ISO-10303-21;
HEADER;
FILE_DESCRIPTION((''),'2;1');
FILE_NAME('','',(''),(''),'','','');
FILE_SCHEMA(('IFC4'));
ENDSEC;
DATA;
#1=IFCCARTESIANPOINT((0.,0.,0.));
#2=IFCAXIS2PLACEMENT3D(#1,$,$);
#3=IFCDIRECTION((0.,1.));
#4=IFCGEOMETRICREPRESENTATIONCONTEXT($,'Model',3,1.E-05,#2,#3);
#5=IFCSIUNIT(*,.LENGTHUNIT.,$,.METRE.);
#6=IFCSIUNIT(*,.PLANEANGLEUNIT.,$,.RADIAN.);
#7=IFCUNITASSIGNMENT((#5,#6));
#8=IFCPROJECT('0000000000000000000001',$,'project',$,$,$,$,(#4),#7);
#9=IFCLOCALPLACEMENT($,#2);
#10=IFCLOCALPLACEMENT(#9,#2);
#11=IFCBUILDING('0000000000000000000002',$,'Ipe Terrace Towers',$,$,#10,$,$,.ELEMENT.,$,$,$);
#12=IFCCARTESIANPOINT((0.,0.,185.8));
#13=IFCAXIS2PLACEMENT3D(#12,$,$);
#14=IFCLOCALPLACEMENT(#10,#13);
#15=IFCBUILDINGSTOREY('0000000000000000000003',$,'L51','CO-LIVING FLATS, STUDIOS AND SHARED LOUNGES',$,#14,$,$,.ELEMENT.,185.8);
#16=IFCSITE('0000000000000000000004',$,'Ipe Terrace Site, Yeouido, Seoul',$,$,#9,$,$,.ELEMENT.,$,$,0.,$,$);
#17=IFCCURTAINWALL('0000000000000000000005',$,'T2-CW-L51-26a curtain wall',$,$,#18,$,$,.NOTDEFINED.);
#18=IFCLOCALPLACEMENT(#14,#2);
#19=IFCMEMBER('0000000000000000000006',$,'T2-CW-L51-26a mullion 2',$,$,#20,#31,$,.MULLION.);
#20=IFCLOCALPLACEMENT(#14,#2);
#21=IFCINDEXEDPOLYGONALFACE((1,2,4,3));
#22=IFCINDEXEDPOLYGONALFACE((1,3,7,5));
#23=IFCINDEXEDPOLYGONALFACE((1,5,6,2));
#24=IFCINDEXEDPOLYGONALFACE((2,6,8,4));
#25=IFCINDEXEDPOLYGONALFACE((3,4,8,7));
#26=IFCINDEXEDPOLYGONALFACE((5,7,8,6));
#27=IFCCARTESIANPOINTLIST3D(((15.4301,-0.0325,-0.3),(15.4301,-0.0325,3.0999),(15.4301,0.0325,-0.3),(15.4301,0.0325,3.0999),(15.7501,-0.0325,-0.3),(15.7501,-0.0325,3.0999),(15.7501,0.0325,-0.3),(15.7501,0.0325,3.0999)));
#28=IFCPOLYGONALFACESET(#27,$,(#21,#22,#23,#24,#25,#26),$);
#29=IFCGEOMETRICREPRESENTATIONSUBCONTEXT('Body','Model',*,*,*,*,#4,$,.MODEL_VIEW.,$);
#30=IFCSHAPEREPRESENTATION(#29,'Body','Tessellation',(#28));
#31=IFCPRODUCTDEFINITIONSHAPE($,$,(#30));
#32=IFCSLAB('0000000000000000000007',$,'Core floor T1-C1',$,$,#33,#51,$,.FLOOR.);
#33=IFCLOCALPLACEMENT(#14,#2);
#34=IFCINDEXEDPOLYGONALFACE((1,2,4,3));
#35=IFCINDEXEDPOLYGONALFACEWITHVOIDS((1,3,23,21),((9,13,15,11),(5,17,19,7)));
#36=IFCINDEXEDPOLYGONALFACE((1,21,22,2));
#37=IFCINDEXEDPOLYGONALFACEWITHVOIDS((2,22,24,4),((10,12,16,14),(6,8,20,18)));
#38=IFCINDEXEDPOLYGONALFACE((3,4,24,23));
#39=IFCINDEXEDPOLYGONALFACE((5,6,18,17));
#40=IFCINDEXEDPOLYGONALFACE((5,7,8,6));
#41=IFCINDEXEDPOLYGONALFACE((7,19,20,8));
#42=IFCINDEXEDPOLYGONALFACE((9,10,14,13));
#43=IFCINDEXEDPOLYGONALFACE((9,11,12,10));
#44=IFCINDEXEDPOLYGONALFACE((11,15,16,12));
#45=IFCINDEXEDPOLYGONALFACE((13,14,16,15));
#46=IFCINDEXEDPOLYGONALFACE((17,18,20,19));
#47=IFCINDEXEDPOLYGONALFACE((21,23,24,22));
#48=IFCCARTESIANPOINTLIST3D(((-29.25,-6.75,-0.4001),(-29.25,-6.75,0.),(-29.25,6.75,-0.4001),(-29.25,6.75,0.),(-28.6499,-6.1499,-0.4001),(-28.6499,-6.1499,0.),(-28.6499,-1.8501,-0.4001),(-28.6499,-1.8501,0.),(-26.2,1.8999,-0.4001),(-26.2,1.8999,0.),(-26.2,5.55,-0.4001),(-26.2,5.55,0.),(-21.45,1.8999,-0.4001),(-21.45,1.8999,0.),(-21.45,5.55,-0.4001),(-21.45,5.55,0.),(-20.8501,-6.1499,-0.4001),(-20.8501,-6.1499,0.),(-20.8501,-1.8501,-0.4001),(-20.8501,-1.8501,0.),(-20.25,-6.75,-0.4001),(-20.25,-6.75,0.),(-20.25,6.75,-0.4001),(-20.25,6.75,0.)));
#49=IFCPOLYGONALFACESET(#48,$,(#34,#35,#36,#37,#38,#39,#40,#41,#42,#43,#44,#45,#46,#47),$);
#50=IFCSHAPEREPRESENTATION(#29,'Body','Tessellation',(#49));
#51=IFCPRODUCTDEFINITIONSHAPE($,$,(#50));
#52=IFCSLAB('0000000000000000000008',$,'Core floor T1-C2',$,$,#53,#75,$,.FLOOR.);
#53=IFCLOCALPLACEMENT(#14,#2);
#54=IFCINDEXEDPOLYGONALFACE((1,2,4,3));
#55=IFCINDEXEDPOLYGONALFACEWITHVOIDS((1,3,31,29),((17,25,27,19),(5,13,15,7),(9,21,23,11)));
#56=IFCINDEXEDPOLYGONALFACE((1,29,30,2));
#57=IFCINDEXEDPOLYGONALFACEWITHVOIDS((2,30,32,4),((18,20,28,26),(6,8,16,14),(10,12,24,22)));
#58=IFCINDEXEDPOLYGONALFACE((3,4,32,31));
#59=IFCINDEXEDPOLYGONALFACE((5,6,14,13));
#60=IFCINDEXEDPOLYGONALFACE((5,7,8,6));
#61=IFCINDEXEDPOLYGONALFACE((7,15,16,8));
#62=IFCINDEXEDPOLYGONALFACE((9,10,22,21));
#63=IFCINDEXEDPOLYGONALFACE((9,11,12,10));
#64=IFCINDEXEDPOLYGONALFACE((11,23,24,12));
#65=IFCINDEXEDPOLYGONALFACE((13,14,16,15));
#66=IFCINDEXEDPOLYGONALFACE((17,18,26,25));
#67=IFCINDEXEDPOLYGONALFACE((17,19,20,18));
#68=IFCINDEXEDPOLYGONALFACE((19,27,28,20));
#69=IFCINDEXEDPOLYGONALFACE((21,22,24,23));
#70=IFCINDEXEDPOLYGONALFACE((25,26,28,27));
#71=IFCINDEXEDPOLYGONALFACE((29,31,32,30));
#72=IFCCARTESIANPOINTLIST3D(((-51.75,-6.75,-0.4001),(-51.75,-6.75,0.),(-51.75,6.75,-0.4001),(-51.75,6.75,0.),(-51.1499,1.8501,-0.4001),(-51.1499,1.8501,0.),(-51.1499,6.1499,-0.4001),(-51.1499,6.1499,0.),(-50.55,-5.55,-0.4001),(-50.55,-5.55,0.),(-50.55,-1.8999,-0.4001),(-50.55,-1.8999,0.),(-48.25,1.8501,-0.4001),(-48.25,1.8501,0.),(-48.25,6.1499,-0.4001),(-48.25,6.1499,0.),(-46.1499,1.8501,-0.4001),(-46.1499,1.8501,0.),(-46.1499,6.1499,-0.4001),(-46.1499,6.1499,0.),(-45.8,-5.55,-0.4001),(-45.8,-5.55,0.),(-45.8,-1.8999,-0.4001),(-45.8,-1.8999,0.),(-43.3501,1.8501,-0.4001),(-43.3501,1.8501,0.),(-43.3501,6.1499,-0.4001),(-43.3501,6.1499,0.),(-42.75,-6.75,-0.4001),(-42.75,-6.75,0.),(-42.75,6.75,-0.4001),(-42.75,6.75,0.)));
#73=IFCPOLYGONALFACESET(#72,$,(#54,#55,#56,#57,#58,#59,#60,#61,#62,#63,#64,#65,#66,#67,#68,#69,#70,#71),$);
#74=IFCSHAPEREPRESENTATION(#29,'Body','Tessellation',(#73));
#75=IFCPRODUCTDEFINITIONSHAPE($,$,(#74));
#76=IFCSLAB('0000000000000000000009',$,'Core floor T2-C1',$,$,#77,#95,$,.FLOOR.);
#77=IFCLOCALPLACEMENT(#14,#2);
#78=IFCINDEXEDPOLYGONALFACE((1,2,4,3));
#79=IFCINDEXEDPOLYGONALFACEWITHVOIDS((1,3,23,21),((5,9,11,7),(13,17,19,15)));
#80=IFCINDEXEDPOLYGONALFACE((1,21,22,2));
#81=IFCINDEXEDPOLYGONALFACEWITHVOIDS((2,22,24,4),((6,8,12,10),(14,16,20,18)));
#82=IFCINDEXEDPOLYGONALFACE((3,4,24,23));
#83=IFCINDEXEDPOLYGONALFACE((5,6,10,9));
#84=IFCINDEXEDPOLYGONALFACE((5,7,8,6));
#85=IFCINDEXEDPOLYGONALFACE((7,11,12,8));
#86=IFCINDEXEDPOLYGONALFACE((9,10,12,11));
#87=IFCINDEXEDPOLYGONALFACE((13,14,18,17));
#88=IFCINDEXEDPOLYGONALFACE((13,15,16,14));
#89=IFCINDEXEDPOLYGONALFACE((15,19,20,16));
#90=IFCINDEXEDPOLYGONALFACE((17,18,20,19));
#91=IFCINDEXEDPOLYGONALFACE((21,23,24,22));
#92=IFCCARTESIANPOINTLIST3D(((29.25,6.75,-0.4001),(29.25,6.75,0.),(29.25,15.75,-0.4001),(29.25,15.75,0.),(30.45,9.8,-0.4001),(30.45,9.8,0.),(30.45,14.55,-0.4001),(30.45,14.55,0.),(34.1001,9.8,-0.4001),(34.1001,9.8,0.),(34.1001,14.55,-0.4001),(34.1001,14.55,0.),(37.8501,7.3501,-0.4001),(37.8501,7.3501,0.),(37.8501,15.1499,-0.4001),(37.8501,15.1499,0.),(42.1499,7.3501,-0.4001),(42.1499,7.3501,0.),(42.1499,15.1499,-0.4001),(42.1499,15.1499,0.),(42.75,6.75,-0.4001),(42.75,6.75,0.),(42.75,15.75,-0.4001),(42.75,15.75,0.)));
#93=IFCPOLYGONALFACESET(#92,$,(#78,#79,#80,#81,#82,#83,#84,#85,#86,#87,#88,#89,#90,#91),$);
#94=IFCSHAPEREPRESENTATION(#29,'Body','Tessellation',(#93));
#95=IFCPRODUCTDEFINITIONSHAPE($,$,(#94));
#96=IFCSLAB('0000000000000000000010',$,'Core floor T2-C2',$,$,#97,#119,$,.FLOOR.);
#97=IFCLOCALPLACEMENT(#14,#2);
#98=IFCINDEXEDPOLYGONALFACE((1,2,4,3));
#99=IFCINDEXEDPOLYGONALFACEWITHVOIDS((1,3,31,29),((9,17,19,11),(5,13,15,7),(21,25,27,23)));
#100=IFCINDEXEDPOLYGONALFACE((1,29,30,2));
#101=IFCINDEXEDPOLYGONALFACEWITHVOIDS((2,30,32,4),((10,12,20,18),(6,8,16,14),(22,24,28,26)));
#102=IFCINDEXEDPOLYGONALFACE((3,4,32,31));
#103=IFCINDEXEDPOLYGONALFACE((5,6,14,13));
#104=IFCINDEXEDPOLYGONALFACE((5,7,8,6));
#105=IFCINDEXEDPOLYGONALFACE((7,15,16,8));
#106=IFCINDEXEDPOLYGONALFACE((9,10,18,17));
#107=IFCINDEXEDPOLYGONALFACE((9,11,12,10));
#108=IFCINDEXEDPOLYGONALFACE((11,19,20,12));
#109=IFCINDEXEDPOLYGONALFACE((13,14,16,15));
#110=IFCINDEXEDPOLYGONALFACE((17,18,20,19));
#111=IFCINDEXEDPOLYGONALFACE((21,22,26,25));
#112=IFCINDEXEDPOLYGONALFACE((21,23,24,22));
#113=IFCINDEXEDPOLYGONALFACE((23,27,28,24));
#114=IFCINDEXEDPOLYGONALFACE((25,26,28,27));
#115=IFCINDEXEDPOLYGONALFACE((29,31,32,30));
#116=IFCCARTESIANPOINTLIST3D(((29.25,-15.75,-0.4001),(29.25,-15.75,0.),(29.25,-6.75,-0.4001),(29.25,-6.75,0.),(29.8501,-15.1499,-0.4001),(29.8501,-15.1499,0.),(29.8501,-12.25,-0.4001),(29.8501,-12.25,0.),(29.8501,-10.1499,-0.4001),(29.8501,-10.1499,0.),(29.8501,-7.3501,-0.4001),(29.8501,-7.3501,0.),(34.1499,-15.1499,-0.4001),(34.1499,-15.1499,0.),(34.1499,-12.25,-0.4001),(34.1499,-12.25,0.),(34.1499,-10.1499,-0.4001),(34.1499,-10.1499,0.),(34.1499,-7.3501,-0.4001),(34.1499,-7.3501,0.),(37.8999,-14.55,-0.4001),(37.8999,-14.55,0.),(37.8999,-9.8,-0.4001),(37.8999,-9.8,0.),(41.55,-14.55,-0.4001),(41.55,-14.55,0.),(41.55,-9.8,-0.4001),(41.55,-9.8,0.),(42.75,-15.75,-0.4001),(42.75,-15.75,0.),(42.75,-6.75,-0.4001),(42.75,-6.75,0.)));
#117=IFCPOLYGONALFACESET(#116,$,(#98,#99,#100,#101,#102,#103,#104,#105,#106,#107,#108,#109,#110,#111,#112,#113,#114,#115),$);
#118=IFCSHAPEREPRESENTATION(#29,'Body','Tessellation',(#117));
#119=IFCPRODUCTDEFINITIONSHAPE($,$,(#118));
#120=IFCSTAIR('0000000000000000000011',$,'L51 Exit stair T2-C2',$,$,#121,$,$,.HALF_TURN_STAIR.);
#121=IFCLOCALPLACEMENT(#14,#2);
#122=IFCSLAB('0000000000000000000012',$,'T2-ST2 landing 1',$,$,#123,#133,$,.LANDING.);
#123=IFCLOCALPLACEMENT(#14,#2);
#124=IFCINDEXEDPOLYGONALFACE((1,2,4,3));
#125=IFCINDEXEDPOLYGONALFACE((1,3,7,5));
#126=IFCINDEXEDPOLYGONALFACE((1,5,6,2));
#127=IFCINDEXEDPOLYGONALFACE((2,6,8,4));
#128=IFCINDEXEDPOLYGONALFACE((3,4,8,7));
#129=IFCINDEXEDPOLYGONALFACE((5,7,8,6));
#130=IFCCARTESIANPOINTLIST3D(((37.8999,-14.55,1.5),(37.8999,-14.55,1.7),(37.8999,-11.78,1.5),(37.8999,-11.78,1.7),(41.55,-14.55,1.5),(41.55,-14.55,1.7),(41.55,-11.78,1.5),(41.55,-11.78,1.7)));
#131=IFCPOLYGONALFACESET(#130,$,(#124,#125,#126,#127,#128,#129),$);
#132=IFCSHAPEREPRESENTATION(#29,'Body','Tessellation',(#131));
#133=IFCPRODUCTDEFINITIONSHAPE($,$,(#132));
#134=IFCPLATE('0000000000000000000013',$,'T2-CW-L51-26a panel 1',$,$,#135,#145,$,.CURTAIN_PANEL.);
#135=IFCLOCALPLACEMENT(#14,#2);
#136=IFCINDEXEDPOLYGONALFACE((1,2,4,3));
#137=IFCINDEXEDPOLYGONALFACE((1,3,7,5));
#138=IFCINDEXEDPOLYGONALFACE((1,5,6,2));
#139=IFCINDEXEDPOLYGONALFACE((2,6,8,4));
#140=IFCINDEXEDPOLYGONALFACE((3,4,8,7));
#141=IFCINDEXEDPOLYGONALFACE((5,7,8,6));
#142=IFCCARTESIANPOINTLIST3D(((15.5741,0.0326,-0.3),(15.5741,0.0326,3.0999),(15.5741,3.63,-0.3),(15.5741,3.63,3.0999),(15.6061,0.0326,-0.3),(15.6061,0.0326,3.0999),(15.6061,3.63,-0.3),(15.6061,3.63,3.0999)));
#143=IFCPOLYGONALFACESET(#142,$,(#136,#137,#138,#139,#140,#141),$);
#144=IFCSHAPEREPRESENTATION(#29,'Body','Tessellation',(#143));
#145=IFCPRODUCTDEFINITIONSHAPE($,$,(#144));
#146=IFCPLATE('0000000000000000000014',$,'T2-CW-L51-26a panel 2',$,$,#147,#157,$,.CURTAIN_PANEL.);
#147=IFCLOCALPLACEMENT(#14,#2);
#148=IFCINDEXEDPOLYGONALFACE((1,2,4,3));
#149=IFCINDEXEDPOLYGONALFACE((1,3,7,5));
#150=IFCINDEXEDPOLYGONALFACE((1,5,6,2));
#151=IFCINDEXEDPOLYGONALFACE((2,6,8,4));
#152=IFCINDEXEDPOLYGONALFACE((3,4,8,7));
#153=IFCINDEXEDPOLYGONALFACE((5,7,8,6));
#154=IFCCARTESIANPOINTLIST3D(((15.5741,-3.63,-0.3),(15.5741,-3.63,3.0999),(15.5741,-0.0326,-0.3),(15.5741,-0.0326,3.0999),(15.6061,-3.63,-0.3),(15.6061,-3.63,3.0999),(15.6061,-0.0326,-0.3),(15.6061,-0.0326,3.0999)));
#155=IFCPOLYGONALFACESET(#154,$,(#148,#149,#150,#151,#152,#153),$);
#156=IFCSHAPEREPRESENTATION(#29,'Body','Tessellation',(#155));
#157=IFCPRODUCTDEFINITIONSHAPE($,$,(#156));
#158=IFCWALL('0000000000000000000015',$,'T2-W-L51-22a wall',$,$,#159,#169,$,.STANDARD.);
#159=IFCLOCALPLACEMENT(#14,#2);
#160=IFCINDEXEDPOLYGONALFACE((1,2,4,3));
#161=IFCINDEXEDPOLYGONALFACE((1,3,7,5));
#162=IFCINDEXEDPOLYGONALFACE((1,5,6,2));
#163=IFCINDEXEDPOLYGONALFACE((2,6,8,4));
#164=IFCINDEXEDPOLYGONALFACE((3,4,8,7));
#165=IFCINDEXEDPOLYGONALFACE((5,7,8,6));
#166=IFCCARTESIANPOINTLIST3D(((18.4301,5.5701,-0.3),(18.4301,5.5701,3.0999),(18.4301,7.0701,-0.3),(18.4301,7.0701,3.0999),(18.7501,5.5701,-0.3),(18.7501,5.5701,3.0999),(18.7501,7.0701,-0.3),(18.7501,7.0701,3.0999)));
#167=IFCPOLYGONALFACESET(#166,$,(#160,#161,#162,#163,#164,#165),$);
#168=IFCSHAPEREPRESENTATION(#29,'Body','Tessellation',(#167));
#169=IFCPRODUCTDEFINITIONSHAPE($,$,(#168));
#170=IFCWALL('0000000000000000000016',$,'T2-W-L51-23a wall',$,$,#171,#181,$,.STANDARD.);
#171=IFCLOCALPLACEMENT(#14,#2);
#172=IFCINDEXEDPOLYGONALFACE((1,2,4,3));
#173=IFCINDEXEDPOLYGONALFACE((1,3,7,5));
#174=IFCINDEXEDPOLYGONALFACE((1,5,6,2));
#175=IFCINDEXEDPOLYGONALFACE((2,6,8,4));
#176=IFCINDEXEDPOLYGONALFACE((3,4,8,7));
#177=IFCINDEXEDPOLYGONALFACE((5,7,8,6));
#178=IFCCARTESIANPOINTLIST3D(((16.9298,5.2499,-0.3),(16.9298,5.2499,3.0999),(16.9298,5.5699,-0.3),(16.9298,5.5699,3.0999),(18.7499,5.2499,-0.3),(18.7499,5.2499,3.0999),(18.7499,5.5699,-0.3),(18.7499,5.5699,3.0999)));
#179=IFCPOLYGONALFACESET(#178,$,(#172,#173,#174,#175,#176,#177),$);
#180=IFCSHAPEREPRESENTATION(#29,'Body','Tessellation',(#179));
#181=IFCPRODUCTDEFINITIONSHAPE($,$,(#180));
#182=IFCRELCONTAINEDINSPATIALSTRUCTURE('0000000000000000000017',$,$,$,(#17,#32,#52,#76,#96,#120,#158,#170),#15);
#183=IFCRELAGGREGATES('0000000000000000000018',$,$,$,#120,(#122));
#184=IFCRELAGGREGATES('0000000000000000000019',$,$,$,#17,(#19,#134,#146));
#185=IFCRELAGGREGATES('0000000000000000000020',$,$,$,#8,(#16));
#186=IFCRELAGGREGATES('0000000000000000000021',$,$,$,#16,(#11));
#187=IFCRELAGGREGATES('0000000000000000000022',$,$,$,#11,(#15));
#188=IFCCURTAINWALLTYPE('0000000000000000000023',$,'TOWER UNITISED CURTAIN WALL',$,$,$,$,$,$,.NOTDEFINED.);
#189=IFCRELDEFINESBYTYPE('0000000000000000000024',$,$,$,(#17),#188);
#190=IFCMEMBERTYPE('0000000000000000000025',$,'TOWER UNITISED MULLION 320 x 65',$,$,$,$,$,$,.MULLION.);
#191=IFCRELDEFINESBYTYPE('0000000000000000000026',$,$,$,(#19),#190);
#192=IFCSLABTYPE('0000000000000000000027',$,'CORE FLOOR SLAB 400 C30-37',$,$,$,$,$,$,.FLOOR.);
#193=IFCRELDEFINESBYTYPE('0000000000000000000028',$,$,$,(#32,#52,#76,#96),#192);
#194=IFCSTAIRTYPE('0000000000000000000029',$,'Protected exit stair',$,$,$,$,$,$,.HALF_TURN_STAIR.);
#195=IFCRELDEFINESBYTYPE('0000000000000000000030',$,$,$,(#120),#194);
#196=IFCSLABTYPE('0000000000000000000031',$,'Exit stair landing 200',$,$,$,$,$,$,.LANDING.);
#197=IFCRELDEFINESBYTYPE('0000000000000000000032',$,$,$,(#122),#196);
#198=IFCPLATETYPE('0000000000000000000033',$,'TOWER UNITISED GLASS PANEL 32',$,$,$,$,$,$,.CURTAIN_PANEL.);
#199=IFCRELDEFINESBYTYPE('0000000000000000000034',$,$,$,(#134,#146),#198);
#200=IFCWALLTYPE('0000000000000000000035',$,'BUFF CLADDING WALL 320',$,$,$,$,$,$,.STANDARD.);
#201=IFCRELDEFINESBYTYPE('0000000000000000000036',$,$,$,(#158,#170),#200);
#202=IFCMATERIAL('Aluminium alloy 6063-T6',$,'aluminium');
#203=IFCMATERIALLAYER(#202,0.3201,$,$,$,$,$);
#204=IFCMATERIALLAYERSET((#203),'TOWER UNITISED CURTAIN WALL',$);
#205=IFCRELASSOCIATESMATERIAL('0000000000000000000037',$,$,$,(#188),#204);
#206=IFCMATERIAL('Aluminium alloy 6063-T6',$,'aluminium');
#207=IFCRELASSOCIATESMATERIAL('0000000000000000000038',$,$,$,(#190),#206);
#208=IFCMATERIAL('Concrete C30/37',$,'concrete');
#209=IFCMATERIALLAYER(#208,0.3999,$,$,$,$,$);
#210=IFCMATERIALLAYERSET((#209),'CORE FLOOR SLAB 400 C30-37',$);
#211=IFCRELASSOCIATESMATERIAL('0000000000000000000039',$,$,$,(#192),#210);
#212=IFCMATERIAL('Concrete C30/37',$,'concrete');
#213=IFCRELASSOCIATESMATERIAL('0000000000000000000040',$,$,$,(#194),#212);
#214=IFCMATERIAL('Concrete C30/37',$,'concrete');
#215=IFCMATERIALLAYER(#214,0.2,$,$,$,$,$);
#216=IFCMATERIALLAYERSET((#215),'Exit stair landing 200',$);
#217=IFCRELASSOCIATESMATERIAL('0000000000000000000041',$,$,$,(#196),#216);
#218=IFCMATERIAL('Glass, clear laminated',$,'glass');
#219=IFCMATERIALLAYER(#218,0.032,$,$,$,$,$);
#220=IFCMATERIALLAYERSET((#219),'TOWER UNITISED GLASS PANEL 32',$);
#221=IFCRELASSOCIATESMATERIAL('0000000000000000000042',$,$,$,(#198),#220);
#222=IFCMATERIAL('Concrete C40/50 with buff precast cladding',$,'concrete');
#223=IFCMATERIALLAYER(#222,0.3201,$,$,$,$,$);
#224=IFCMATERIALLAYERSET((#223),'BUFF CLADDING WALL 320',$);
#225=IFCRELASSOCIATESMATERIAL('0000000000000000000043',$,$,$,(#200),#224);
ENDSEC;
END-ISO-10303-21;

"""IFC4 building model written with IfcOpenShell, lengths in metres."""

from ifc_helpers import new_model, si_unit, direction, frame, frame_2d, origin, origin_2d, place, context, subcontext, project, spatial, polyline, rectangle, outline, extrude, material, layer, layer_set, material_profile, profile_set, type_object, element, aggregate, save


model = new_model("IFC4")

# Units and contexts
model_context = context("Model", 3, precision=1e-05, world=origin(), true_north=direction((0.0, 1.0)))
body_context = subcontext(model_context, "Body", "Model", "MODEL_VIEW")
ifc_project = project(units=[si_unit("LENGTHUNIT", "METRE"), si_unit("PLANEANGLEUNIT", "RADIAN")], contexts=[model_context])

# Site, building, storey
site_placement = place(None, origin())
site = spatial("IfcSite", under=ifc_project, at=site_placement, Name="Ipe Terrace Site, Yeouido, Seoul", CompositionType="ELEMENT", RefElevation=0.0)
building_placement = place(site_placement, origin())
building = spatial("IfcBuilding", under=site, at=building_placement, Name="Ipe Terrace Towers", CompositionType="ELEMENT")
storey_placement = place(building_placement, frame((0.0, 0.0, 185.8)))
storey = spatial("IfcBuildingStorey", under=building, at=storey_placement, Name="L51", Description="CO-LIVING FLATS, STUDIOS AND SHARED LOUNGES", CompositionType="ELEMENT", Elevation=185.8)

# Curtain wall, member
ifc_material_1 = material(Name="Aluminium alloy 6063-T6", Category="aluminium")
ifc_layer_1 = layer(ifc_material_1, 0.3201)
ifc_layer_set_1 = layer_set([ifc_layer_1], Name="TOWER UNITISED CURTAIN WALL")
curtain_wall_type = type_object("IfcCurtainWallType", Name="TOWER UNITISED CURTAIN WALL", PredefinedType="NOTDEFINED", material=ifc_layer_set_1)
curtain_wall_placement = place(storey_placement, origin())
curtain_wall = element("IfcCurtainWall", 1, at=curtain_wall_placement, inside=storey, type_object=curtain_wall_type, Name="T2-CW-L51-26a curtain wall", PredefinedType="NOTDEFINED")
ifc_material_2 = material(Name="Aluminium alloy 6063-T6", Category="aluminium")
ifc_material_profile_1 = material_profile(ifc_material_2, rectangle(XDim=0.3201, YDim=0.0649, at=origin_2d()), Name="TOWER UNITISED MULLION 320 x 65")
ifc_profile_set_1 = profile_set([ifc_material_profile_1], Name="Aluminium alloy 6063-T6")
member_type_1 = type_object("IfcMemberType", Name="TOWER UNITISED MULLION 320 x 65", PredefinedType="MULLION", material=ifc_profile_set_1)
member_1_placement = place(storey_placement, frame((15.5901, 0.0, -0.3), z_axis=(0.0, 0.0, 1.0), x_axis=(-1.0, 0.0, 0.0)))
member_1 = element("IfcMember", 2, at=member_1_placement, type_object=member_type_1, Name="T2-CW-L51-26a mullion 2", PredefinedType="MULLION", context=body_context, shape_type="SweptSolid", body=[
    extrude(rectangle(XDim=0.3201, YDim=0.0649, at=origin_2d()), origin(), (0.0, 0.0, 1.0), 3.3999),
])

# Slabs
ifc_material_3 = material(Name="Concrete C30/37", Category="concrete")
ifc_layer_2 = layer(ifc_material_3, 0.3999)
ifc_layer_set_2 = layer_set([ifc_layer_2], Name="CORE FLOOR SLAB 400 C30-37")
slab_type_1 = type_object("IfcSlabType", Name="CORE FLOOR SLAB 400 C30-37", PredefinedType="FLOOR", material=ifc_layer_set_2)
slab_1_placement = place(storey_placement, frame((0.0, 0.0, -0.4001)))
element("IfcSlab", 3, at=slab_1_placement, inside=storey, type_object=slab_type_1, Name="Core floor T1-C1", PredefinedType="FLOOR", context=body_context, shape_type="SweptSolid", body=[
    extrude(outline(polyline([(-29.25, -6.75), (-29.25, 6.75), (-20.25, 6.75), (-20.25, -6.75), (-29.25, -6.75)]), holes=[polyline([(-28.6499, -6.1499), (-20.8501, -6.1499), (-20.8501, -1.8501), (-28.6499, -1.8501), (-28.6499, -6.1499)]), polyline([(-26.2, 5.55), (-26.2, 1.8999), (-21.45, 1.8999), (-21.45, 5.55), (-26.2, 5.55)])]), origin(), (0.0, 0.0, 1.0), 0.4001),
])
slab_2_placement = place(storey_placement, frame((0.0, 0.0, -0.4001)))
element("IfcSlab", 4, at=slab_2_placement, inside=storey, type_object=slab_type_1, Name="Core floor T1-C2", PredefinedType="FLOOR", context=body_context, shape_type="SweptSolid", body=[
    extrude(outline(polyline([(-51.75, -6.75), (-51.75, 6.75), (-42.75, 6.75), (-42.75, -6.75), (-51.75, -6.75)]), holes=[polyline([(-45.8, -1.8999), (-50.55, -1.8999), (-50.55, -5.55), (-45.8, -5.55), (-45.8, -1.8999)]), polyline([(-48.25, 1.8501), (-48.25, 6.1499), (-51.1499, 6.1499), (-51.1499, 1.8501), (-48.25, 1.8501)]), polyline([(-43.3501, 1.8501), (-43.3501, 6.1499), (-46.1499, 6.1499), (-46.1499, 1.8501), (-43.3501, 1.8501)])]), origin(), (0.0, 0.0, 1.0), 0.4001),
])
slab_3_placement = place(storey_placement, frame((0.0, 0.0, -0.4001)))
element("IfcSlab", 5, at=slab_3_placement, inside=storey, type_object=slab_type_1, Name="Core floor T2-C1", PredefinedType="FLOOR", context=body_context, shape_type="SweptSolid", body=[
    extrude(outline(polyline([(29.25, 6.75), (29.25, 15.75), (42.75, 15.75), (42.75, 6.75), (29.25, 6.75)]), holes=[polyline([(42.1499, 7.3501), (42.1499, 15.1499), (37.8501, 15.1499), (37.8501, 7.3501), (42.1499, 7.3501)]), polyline([(30.45, 9.8), (34.1001, 9.8), (34.1001, 14.55), (30.45, 14.55), (30.45, 9.8)])]), origin(), (0.0, 0.0, 1.0), 0.4001),
])
slab_4_placement = place(storey_placement, frame((0.0, 0.0, -0.4001)))
element("IfcSlab", 6, at=slab_4_placement, inside=storey, type_object=slab_type_1, Name="Core floor T2-C2", PredefinedType="FLOOR", context=body_context, shape_type="SweptSolid", body=[
    extrude(outline(polyline([(29.25, -15.75), (29.25, -6.75), (42.75, -6.75), (42.75, -15.75), (29.25, -15.75)]), holes=[polyline([(29.8501, -12.25), (29.8501, -15.1499), (34.1499, -15.1499), (34.1499, -12.25), (29.8501, -12.25)]), polyline([(41.55, -9.8), (37.8999, -9.8), (37.8999, -14.55), (41.55, -14.55), (41.55, -9.8)]), polyline([(34.1499, -7.3501), (29.8501, -7.3501), (29.8501, -10.1499), (34.1499, -10.1499), (34.1499, -7.3501)])]), origin(), (0.0, 0.0, 1.0), 0.4001),
])

# Stair, slab
ifc_material_4 = material(Name="Concrete C30/37", Category="concrete")
stair_type = type_object("IfcStairType", Name="Protected exit stair", PredefinedType="HALF_TURN_STAIR", material=ifc_material_4)
stair_placement = place(storey_placement, origin())
stair = element("IfcStair", 7, at=stair_placement, inside=storey, type_object=stair_type, Name="L51 Exit stair T2-C2", PredefinedType="HALF_TURN_STAIR")
ifc_material_5 = material(Name="Concrete C30/37", Category="concrete")
ifc_layer_3 = layer(ifc_material_5, 0.2)
ifc_layer_set_3 = layer_set([ifc_layer_3], Name="Exit stair landing 200")
slab_type_2 = type_object("IfcSlabType", Name="Exit stair landing 200", PredefinedType="LANDING", material=ifc_layer_set_3)
slab_5_placement = place(storey_placement, frame((0.0, 0.0, 1.5)))
slab_5 = element("IfcSlab", 8, at=slab_5_placement, type_object=slab_type_2, Name="T2-ST2 landing 1", PredefinedType="LANDING", context=body_context, shape_type="SweptSolid", body=[
    extrude(outline(polyline([(37.8999, -11.78), (37.8999, -14.55), (41.55, -14.55), (41.55, -11.78), (37.8999, -11.78)])), origin(), (0.0, 0.0, 1.0), 0.2),
])
aggregate(stair, [slab_5])

# Plates
ifc_material_6 = material(Name="Glass, clear laminated", Category="glass")
ifc_layer_4 = layer(ifc_material_6, 0.032)
ifc_layer_set_4 = layer_set([ifc_layer_4], Name="TOWER UNITISED GLASS PANEL 32")
plate_type = type_object("IfcPlateType", Name="TOWER UNITISED GLASS PANEL 32", PredefinedType="CURTAIN_PANEL", material=ifc_layer_set_4)
plate_1_placement = place(storey_placement, frame((15.5901, 1.8313, -0.3), z_axis=(0.0, 0.0, 1.0), x_axis=(0.0, -1.0, 0.0)))
plate_1 = element("IfcPlate", 9, at=plate_1_placement, type_object=plate_type, Name="T2-CW-L51-26a panel 1", PredefinedType="CURTAIN_PANEL", context=body_context, shape_type="SweptSolid", body=[
    extrude(rectangle(XDim=3.5974, YDim=0.032, at=origin_2d()), origin(), (0.0, 0.0, 1.0), 3.3999),
])
plate_2_placement = place(storey_placement, frame((15.5901, -1.8313, -0.3), z_axis=(0.0, 0.0, 1.0), x_axis=(0.0, -1.0, 0.0)))
plate_2 = element("IfcPlate", 10, at=plate_2_placement, type_object=plate_type, Name="T2-CW-L51-26a panel 2", PredefinedType="CURTAIN_PANEL", context=body_context, shape_type="SweptSolid", body=[
    extrude(rectangle(XDim=3.5974, YDim=0.032, at=origin_2d()), origin(), (0.0, 0.0, 1.0), 3.3999),
])
aggregate(curtain_wall, [member_1, plate_1, plate_2])

# Walls
ifc_material_7 = material(Name="Concrete C40/50 with buff precast cladding", Category="concrete")
ifc_layer_5 = layer(ifc_material_7, 0.3201)
ifc_layer_set_5 = layer_set([ifc_layer_5], Name="BUFF CLADDING WALL 320")
wall_type = type_object("IfcWallType", Name="BUFF CLADDING WALL 320", PredefinedType="STANDARD", material=ifc_layer_set_5)
wall_1_placement = place(storey_placement, frame((18.5901, 7.0701, -0.3), z_axis=(0.0, 0.0, 1.0), x_axis=(0.0, -1.0, 0.0)))
element("IfcWall", 11, at=wall_1_placement, inside=storey, type_object=wall_type, Name="T2-W-L51-22a wall", PredefinedType="STANDARD", context=body_context, shape_type="SweptSolid", body=[
    extrude(rectangle(XDim=1.5, YDim=0.3201, at=frame_2d((0.75, 0.0))), origin(), (0.0, 0.0, 1.0), 3.3999),
])
wall_2_placement = place(storey_placement, frame((18.75, 5.4099, -0.3), z_axis=(0.0, 0.0, 1.0), x_axis=(-1.0, 0.0, 0.0)))
element("IfcWall", 12, at=wall_2_placement, inside=storey, type_object=wall_type, Name="T2-W-L51-23a wall", PredefinedType="STANDARD", context=body_context, shape_type="SweptSolid", body=[
    extrude(rectangle(XDim=1.8201, YDim=0.3201, at=frame_2d((0.9102, 0.0))), origin(), (0.0, 0.0, 1.0), 3.3999),
])

save(model, "model.ifc")
